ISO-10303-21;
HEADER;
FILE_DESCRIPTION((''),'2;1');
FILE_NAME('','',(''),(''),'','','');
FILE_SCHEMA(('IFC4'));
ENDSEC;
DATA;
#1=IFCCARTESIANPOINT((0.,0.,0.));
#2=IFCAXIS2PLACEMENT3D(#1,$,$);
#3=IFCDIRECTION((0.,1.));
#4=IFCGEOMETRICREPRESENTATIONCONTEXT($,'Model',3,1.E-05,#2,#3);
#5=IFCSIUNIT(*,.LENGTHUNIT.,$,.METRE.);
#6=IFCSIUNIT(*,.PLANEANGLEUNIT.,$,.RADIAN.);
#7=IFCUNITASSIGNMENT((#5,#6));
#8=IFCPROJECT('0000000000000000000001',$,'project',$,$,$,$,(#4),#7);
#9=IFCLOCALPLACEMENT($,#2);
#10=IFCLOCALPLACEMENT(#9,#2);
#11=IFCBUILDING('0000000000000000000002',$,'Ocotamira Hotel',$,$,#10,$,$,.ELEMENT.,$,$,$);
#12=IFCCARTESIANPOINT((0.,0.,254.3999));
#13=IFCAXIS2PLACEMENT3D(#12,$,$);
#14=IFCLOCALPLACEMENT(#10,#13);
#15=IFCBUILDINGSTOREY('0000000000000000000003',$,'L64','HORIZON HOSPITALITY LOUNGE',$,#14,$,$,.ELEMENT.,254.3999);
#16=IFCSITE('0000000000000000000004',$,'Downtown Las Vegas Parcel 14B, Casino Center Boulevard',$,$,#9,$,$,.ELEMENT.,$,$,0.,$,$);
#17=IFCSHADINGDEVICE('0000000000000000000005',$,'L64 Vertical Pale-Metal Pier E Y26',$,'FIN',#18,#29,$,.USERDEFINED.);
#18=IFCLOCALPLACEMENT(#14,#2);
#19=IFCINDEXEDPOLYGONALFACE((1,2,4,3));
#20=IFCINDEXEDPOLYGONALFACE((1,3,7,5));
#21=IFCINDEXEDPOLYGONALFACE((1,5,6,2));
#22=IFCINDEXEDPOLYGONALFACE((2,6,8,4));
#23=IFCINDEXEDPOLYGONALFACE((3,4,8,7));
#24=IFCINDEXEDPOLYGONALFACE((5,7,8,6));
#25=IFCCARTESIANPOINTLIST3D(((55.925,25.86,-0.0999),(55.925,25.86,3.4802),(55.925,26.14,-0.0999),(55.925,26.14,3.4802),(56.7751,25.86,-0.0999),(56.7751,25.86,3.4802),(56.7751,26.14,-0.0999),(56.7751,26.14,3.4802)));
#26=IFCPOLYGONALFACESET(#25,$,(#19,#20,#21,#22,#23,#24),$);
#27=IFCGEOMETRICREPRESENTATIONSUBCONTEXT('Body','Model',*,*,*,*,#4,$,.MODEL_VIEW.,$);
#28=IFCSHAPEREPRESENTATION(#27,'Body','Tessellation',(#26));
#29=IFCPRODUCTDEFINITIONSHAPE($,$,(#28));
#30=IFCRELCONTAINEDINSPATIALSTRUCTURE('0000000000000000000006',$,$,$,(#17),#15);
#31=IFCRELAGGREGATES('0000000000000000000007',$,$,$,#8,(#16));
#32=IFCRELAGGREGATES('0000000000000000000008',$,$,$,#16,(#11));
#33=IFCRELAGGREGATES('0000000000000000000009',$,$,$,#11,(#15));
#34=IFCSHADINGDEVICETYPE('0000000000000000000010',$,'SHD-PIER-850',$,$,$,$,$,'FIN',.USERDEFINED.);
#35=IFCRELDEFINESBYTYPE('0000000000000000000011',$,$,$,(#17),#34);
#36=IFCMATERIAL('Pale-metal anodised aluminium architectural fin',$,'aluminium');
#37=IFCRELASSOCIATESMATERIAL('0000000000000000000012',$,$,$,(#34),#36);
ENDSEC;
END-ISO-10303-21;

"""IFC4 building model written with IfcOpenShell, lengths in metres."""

from ifc_helpers import new_model, si_unit, direction, frame, origin, origin_2d, place, context, subcontext, project, spatial, rectangle, extrude, source, transform, mapped, material, type_object, element, save


model = new_model("IFC4")

# Units and contexts
model_context = context("Model", 3, precision=1e-05, world=origin(), true_north=direction((0.0, 1.0)))
body_context = subcontext(model_context, "Body", "Model", "MODEL_VIEW")
ifc_project = project(units=[si_unit("LENGTHUNIT", "METRE"), si_unit("PLANEANGLEUNIT", "RADIAN")], contexts=[model_context])

# Site, building, storey
site_placement = place(None, origin())
site = spatial("IfcSite", under=ifc_project, at=site_placement, Name="Downtown Las Vegas Parcel 14B, Casino Center Boulevard", CompositionType="ELEMENT", RefElevation=0.0)
building_placement = place(site_placement, origin())
building = spatial("IfcBuilding", under=site, at=building_placement, Name="Ocotamira Hotel", CompositionType="ELEMENT")
storey_placement = place(building_placement, frame((0.0, 0.0, 254.3999)))
storey = spatial("IfcBuildingStorey", under=building, at=storey_placement, Name="L64", Description="HORIZON HOSPITALITY LOUNGE", CompositionType="ELEMENT", Elevation=254.3999)

# Shading device
ifc_material_1 = material(Name="Pale-metal anodised aluminium architectural fin", Category="aluminium")
shading_device_type = type_object("IfcShadingDeviceType", Name="SHD-PIER-850", ElementType="FIN", PredefinedType="USERDEFINED", material=ifc_material_1)
shared_shape_1 = source(origin(), body_context, "Body", "SweptSolid", [
    extrude(rectangle(XDim=0.8501, YDim=0.28, at=origin_2d()), origin(), (0.0, 0.0, 1.0), 3.5801),
])
for number, where, z_axis, x_axis, name in (
    (1, (56.3501, 26.0, -0.0999), (0.0, 0.0, 1.0), (1.0, 0.0, 0.0), "L64 Vertical Pale-Metal Pier E Y26"),
):
    element("IfcShadingDevice", number, at=place(storey_placement, frame(where, z_axis=z_axis, x_axis=x_axis)), inside=storey, type_object=shading_device_type, Name=name, ObjectType="FIN", PredefinedType="USERDEFINED", context=body_context, shape_type="MappedRepresentation", body=[
        mapped(shared_shape_1, transform((0.0, 0.0, 0.0), scale=1.0)),
    ])

save(model, "model.ifc")
